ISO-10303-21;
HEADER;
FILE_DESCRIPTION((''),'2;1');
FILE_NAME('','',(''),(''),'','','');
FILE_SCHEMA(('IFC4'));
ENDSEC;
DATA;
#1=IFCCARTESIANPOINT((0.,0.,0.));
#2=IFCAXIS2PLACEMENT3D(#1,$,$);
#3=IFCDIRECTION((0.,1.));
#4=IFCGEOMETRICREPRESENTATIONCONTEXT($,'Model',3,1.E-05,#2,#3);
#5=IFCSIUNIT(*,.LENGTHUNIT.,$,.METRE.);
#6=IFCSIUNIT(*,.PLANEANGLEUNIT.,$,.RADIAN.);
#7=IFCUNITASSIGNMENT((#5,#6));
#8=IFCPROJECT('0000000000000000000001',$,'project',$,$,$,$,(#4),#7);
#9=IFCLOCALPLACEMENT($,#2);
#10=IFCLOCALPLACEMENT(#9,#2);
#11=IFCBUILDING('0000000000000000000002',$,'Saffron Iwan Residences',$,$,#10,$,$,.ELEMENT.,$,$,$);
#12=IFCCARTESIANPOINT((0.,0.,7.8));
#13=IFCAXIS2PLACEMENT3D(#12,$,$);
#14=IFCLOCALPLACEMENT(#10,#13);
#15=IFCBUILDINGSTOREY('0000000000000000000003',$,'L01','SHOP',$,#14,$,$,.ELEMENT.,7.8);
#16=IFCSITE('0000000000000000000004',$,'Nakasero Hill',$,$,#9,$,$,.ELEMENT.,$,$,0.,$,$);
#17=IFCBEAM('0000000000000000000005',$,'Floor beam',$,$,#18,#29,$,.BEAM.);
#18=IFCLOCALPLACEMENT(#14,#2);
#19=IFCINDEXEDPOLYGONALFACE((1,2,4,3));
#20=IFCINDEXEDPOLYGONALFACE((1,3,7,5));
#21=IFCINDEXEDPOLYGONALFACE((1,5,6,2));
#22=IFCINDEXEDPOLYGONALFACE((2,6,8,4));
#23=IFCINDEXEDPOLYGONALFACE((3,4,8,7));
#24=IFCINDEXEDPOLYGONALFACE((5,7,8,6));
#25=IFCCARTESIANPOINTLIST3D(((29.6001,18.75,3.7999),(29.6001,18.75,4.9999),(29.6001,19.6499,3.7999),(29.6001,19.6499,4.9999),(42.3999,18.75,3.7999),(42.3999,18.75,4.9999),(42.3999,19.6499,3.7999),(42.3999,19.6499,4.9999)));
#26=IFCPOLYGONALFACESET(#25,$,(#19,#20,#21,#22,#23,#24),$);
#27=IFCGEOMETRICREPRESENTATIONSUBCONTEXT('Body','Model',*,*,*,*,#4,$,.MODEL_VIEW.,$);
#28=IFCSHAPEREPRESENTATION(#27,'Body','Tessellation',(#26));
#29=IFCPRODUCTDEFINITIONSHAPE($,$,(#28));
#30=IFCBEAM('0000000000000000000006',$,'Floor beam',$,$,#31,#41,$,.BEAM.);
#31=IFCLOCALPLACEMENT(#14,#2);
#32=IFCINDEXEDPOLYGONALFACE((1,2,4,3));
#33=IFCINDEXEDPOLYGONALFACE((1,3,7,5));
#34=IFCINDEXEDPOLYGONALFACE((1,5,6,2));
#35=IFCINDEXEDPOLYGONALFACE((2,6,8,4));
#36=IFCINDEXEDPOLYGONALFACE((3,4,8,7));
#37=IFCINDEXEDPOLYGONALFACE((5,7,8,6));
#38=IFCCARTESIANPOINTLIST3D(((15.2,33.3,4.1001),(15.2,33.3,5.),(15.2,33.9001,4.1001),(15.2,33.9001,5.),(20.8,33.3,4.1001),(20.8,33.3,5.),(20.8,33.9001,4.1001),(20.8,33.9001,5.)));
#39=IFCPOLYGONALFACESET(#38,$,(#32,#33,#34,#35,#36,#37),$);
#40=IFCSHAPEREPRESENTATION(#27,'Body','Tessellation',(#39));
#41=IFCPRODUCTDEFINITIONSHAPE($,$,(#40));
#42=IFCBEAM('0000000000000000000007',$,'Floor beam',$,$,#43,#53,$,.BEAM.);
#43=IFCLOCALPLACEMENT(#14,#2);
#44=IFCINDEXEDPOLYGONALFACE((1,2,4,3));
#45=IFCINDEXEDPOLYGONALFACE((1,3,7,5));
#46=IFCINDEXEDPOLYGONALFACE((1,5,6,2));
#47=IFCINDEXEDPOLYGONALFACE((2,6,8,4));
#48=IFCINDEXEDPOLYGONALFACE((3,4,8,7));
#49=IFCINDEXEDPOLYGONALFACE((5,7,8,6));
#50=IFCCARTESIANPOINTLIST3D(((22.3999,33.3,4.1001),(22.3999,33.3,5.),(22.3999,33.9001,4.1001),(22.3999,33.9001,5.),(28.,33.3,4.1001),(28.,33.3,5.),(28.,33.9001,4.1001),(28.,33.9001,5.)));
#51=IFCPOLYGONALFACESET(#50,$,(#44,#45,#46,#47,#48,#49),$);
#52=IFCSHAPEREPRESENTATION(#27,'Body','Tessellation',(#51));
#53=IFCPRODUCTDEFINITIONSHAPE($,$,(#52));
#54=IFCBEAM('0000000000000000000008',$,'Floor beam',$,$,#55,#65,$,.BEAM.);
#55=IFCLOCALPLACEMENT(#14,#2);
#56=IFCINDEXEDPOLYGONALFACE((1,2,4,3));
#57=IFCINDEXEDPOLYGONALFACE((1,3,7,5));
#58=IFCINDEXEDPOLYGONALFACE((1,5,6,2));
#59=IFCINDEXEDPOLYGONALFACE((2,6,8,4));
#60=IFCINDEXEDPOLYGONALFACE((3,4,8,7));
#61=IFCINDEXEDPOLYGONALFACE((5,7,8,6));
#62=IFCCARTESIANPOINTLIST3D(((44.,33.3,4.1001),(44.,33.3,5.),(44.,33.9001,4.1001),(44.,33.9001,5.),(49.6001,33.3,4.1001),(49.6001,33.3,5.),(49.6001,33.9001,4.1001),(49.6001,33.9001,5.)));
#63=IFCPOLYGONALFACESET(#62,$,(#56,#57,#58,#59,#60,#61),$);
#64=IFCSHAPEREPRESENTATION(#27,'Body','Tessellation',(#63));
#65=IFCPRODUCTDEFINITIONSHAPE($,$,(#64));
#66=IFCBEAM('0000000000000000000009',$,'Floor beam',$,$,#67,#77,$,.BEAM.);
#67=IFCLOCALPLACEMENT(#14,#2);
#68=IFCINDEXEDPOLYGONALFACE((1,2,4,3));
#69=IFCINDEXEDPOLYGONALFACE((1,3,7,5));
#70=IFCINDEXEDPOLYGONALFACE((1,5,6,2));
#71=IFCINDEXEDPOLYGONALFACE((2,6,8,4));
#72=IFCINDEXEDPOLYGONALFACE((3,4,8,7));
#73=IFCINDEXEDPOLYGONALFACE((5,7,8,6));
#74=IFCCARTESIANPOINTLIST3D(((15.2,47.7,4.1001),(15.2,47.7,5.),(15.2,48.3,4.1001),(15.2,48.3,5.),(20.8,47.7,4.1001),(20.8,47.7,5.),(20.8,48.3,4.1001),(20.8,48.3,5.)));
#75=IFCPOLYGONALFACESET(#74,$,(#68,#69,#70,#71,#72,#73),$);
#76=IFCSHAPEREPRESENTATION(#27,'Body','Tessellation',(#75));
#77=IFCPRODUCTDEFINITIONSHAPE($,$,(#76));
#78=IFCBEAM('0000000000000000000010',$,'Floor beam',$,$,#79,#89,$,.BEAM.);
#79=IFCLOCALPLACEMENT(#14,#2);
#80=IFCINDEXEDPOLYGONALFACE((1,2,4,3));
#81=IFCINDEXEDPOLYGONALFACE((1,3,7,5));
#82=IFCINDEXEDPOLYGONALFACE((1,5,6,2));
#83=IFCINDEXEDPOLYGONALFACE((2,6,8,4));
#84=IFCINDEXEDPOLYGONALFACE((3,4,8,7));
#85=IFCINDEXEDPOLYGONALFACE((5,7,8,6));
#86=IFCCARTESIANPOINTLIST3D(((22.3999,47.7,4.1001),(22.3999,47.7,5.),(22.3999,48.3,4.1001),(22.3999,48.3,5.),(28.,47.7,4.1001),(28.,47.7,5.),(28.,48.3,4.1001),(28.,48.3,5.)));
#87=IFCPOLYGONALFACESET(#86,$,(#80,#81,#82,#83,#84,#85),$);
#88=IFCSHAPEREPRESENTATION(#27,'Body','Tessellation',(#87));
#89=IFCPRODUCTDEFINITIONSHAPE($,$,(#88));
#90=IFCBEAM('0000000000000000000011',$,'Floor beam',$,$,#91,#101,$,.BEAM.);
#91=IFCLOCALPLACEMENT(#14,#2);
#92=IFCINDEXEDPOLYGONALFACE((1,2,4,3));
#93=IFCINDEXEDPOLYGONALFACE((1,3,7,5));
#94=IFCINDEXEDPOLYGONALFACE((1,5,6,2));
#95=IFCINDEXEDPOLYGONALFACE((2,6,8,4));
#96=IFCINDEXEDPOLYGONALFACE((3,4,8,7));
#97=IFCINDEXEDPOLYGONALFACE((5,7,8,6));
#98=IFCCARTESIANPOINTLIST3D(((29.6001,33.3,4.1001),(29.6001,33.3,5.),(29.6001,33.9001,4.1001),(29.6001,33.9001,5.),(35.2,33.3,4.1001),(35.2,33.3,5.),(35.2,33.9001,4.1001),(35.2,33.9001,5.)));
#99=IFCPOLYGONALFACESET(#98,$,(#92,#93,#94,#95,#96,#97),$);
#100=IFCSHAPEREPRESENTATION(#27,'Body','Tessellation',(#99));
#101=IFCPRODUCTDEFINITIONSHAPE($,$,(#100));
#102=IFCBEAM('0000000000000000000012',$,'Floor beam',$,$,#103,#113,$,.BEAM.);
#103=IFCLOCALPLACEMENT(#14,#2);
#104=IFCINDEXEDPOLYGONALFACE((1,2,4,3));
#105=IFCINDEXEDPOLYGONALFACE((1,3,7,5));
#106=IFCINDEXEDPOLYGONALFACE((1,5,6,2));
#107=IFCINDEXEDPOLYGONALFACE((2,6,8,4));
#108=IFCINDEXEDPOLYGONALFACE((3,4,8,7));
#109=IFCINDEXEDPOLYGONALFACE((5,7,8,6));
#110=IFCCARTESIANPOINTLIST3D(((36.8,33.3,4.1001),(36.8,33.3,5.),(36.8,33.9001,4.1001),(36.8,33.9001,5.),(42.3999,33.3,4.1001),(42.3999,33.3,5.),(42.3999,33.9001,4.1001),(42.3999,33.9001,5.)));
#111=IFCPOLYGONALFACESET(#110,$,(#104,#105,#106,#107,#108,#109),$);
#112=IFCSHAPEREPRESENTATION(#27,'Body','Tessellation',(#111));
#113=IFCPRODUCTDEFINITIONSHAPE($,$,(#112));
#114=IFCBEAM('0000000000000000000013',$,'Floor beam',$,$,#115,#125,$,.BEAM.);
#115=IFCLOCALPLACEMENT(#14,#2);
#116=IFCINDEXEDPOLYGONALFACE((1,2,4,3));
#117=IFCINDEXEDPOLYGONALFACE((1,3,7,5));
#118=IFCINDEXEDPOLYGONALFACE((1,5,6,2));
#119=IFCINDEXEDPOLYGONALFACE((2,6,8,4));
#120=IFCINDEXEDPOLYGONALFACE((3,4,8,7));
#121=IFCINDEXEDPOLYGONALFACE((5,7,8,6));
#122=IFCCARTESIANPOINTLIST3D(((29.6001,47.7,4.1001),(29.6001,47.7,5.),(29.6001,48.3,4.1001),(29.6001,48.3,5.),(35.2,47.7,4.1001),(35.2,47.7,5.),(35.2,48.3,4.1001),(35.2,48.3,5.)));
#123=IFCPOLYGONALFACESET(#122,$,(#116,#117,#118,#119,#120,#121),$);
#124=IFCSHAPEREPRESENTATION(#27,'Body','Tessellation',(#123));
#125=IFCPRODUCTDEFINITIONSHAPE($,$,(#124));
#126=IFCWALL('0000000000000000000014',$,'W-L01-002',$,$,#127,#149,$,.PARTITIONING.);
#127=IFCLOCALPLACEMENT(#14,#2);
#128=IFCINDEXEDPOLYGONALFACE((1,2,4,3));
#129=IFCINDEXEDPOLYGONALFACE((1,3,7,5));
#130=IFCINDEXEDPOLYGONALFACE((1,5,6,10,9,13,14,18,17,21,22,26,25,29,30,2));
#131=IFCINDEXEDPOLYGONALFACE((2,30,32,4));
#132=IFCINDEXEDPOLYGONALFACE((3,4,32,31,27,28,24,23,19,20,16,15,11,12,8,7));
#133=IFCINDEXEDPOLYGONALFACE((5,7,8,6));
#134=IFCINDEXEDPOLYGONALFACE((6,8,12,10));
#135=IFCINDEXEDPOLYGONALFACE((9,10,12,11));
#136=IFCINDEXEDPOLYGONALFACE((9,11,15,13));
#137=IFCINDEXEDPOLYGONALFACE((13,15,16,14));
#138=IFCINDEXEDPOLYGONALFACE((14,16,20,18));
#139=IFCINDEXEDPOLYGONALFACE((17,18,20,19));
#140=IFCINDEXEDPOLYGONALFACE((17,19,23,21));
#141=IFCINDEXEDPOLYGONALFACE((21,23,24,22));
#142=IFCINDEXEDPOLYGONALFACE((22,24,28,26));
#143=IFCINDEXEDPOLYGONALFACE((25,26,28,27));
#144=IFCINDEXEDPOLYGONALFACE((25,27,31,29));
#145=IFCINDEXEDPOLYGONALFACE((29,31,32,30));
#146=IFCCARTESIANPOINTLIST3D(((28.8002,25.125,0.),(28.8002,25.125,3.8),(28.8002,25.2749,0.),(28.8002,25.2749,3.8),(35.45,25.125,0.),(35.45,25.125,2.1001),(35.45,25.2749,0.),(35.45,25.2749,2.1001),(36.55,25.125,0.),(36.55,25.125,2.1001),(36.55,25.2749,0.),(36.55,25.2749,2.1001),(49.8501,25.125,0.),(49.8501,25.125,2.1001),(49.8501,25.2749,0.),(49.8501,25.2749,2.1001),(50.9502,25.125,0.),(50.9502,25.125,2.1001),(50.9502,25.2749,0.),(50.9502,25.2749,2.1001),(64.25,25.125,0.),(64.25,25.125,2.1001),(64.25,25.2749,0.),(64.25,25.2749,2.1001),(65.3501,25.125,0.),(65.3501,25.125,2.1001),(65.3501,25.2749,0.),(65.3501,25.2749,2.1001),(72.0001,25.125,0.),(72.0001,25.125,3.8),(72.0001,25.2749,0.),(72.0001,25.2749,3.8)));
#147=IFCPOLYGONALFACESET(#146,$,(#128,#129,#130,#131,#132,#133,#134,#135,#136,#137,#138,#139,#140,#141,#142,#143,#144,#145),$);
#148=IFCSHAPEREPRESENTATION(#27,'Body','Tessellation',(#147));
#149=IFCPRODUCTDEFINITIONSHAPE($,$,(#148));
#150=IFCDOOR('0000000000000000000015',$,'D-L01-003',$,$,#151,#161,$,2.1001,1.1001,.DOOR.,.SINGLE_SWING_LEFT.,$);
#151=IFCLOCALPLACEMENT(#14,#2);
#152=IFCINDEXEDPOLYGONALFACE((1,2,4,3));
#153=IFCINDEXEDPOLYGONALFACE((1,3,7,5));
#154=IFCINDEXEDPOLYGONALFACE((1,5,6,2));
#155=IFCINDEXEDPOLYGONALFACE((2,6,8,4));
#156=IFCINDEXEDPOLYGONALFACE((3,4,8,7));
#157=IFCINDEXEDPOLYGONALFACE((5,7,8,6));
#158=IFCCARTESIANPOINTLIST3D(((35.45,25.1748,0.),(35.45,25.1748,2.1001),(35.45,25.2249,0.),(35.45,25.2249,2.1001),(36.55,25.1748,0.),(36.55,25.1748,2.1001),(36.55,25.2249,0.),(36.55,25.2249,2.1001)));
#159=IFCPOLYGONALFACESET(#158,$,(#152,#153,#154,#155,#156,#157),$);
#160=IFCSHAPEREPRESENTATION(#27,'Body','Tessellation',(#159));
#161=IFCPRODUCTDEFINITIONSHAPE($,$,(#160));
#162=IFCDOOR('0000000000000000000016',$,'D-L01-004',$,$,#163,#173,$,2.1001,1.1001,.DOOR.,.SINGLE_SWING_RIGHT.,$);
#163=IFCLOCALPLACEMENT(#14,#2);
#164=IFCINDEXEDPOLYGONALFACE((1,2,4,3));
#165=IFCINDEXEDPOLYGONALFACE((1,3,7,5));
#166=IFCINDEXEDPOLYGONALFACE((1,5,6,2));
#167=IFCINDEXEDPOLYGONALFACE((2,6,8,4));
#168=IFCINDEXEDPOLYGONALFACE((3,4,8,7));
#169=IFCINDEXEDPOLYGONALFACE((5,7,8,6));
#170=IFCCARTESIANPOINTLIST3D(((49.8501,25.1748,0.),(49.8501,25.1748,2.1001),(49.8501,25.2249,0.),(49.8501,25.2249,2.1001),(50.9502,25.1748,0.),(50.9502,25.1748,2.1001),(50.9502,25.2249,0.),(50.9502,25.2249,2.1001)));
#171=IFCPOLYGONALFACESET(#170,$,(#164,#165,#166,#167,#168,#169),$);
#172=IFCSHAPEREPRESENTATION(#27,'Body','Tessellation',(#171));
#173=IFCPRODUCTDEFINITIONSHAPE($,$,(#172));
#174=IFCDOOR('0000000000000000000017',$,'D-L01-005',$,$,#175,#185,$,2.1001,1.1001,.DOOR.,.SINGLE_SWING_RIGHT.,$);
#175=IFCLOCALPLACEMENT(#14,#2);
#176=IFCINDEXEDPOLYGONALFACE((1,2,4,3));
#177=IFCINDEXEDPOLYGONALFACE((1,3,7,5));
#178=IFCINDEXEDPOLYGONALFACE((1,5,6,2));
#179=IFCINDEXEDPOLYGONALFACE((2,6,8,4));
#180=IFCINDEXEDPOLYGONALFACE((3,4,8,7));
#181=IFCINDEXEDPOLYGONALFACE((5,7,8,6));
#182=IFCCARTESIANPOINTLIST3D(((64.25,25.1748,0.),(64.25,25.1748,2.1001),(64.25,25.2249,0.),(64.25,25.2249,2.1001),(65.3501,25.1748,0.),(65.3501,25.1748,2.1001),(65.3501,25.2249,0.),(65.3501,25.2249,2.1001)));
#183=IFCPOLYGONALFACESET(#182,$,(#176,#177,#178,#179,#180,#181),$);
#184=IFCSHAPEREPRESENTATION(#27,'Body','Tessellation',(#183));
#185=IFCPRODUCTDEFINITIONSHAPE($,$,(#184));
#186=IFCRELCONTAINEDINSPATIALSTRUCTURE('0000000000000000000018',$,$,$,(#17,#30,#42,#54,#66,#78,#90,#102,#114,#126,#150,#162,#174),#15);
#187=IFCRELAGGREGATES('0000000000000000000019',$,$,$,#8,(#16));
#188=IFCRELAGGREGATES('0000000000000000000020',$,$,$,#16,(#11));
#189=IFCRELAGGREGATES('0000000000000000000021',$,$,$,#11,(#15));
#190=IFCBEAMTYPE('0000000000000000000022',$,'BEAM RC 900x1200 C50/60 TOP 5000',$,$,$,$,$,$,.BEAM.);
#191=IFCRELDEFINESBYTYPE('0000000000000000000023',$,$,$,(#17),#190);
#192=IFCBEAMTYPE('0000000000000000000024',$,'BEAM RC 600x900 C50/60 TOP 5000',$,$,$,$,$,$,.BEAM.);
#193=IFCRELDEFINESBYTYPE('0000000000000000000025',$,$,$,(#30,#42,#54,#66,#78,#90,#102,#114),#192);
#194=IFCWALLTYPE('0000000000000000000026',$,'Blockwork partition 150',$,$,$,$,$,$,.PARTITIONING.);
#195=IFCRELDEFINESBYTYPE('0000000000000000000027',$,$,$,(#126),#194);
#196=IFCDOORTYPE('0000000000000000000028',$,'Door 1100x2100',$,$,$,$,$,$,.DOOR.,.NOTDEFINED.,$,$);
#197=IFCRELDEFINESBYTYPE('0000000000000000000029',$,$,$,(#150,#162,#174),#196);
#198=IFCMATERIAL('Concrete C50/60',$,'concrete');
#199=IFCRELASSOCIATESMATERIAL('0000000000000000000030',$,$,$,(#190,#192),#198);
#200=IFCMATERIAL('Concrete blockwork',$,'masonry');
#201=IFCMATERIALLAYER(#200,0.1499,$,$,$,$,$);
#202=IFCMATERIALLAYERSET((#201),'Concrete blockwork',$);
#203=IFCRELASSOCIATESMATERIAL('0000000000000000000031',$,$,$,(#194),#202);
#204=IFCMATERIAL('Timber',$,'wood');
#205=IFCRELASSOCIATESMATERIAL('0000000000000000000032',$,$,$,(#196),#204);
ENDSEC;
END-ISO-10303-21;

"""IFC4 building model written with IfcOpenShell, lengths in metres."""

from ifc_helpers import new_model, si_unit, direction, frame, frame_2d, origin, origin_2d, place, context, subcontext, project, spatial, rectangle, extrude, source, transform, mapped, material, layer, layer_set, material_profile, profile_set, type_object, element, fill, save


model = new_model("IFC4")

# Units and contexts
model_context = context("Model", 3, precision=1e-05, world=origin(), true_north=direction((0.0, 1.0)))
body_context = subcontext(model_context, "Body", "Model", "MODEL_VIEW")
ifc_project = project(units=[si_unit("LENGTHUNIT", "METRE"), si_unit("PLANEANGLEUNIT", "RADIAN")], contexts=[model_context])

# Site, building, storey
site_placement = place(None, origin())
site = spatial("IfcSite", under=ifc_project, at=site_placement, Name="Nakasero Hill", CompositionType="ELEMENT", RefElevation=0.0)
building_placement = place(site_placement, origin())
building = spatial("IfcBuilding", under=site, at=building_placement, Name="Saffron Iwan Residences", CompositionType="ELEMENT")
storey_placement = place(building_placement, frame((0.0, 0.0, 7.8)))
storey = spatial("IfcBuildingStorey", under=building, at=storey_placement, Name="L01", Description="SHOP", CompositionType="ELEMENT", Elevation=7.8)

# Shared definitions
ifc_material_1 = material(Name="Concrete C50/60", Category="concrete")

# Beams
ifc_material_profile_1 = material_profile(ifc_material_1, rectangle(XDim=0.8999, YDim=1.2, at=origin_2d()), Name="RC 900x1200")
ifc_profile_set_1 = profile_set([ifc_material_profile_1], Name="Concrete C50/60")
beam_type_1 = type_object("IfcBeamType", Name="BEAM RC 900x1200 C50/60 TOP 5000", PredefinedType="BEAM", material=ifc_profile_set_1)
shared_shape_1 = source(origin(), body_context, "Body", "SweptSolid", [
    extrude(rectangle(XDim=0.8999, YDim=1.2, at=origin_2d()), origin(), (0.0, 0.0, 1.0), 12.7998),
])
beam_placement = place(storey_placement, frame((29.6001, 19.2, 4.3999), z_axis=(1.0, 0.0, 0.0), x_axis=(0.0, 1.0, 0.0)))
element("IfcBeam", 1, at=beam_placement, inside=storey, type_object=beam_type_1, Name="Floor beam", PredefinedType="BEAM", context=body_context, shape_type="MappedRepresentation", body=[
    mapped(shared_shape_1, transform((0.0, 0.0, 0.0))),
])
ifc_material_profile_2 = material_profile(ifc_material_1, rectangle(XDim=0.6001, YDim=0.8999, at=origin_2d()), Name="RC 600x900")
ifc_profile_set_2 = profile_set([ifc_material_profile_2], Name="Concrete C50/60")
beam_type_2 = type_object("IfcBeamType", Name="BEAM RC 600x900 C50/60 TOP 5000", PredefinedType="BEAM", material=ifc_profile_set_2)
shared_shape_2 = source(origin(), body_context, "Body", "SweptSolid", [
    extrude(rectangle(XDim=0.6001, YDim=0.8999, at=origin_2d()), origin(), (0.0, 0.0, 1.0), 5.6001),
])
for number, where, z_axis, x_axis, name in (
    (2, (15.2, 33.6001, 4.55), (1.0, 0.0, 0.0), (0.0, 1.0, 0.0), "Floor beam"),
    (3, (22.3999, 33.6001, 4.55), (1.0, 0.0, 0.0), (0.0, 1.0, 0.0), "Floor beam"),
    (4, (44.0, 33.6001, 4.55), (1.0, 0.0, 0.0), (0.0, 1.0, 0.0), "Floor beam"),
    (5, (15.2, 48.0, 4.55), (1.0, 0.0, 0.0), (0.0, 1.0, 0.0), "Floor beam"),
    (6, (22.3999, 48.0, 4.55), (1.0, 0.0, 0.0), (0.0, 1.0, 0.0), "Floor beam"),
):
    element("IfcBeam", number, at=place(storey_placement, frame(where, z_axis=z_axis, x_axis=x_axis)), inside=storey, type_object=beam_type_2, Name=name, PredefinedType="BEAM", context=body_context, shape_type="MappedRepresentation", body=[
        mapped(shared_shape_2, transform((0.0, 0.0, 0.0))),
    ])
shared_shape_3 = source(origin(), body_context, "Body", "SweptSolid", [
    extrude(rectangle(XDim=0.6001, YDim=0.8999, at=origin_2d()), origin(), (0.0, 0.0, 1.0), 5.5999),
])
for number, where, z_axis, x_axis, name in (
    (7, (29.6001, 33.6001, 4.55), (1.0, 0.0, 0.0), (0.0, 1.0, 0.0), "Floor beam"),
    (8, (36.8, 33.6001, 4.55), (1.0, 0.0, 0.0), (0.0, 1.0, 0.0), "Floor beam"),
    (9, (29.6001, 48.0, 4.55), (1.0, 0.0, 0.0), (0.0, 1.0, 0.0), "Floor beam"),
):
    element("IfcBeam", number, at=place(storey_placement, frame(where, z_axis=z_axis, x_axis=x_axis)), inside=storey, type_object=beam_type_2, Name=name, PredefinedType="BEAM", context=body_context, shape_type="MappedRepresentation", body=[
        mapped(shared_shape_3, transform((0.0, 0.0, 0.0))),
    ])

# Wall, openings, doors
ifc_material_2 = material(Name="Concrete blockwork", Category="masonry")
ifc_layer_1 = layer(ifc_material_2, 0.1499)
ifc_layer_set_1 = layer_set([ifc_layer_1], Name="Concrete blockwork")
wall_type_1 = type_object("IfcWallType", Name="Blockwork partition 150", PredefinedType="PARTITIONING", material=ifc_layer_set_1)
wall_1_placement = place(storey_placement, frame((28.8, 25.2, 0.0), z_axis=(0.0, 0.0, 1.0), x_axis=(1.0, 0.0, 0.0)))
wall_1 = element("IfcWall", 10, at=wall_1_placement, inside=storey, type_object=wall_type_1, Name="W-L01-002", PredefinedType="PARTITIONING", context=body_context, shape_type="SweptSolid", body=[
    extrude(rectangle(XDim=43.2, YDim=0.1499, at=frame_2d((21.6001, 0.0))), origin(), (0.0, 0.0, 1.0), 3.8),
])
opening_1_placement = place(wall_1_placement, frame((6.6499, 0.0, 0.0)))
opening_1 = element("IfcOpeningElement", 11, at=opening_1_placement, cuts=wall_1, PredefinedType="OPENING", context=body_context, shape_type="SweptSolid", body=[
    extrude(rectangle(XDim=1.1001, YDim=2.1001, at=frame_2d((0.55, 1.05))), frame((0.0, 0.085, 0.0), z_axis=(0.0, -1.0, 0.0), x_axis=(1.0, 0.0, 0.0)), (0.0, 0.0, 1.0), 0.1699),
])
opening_2_placement = place(wall_1_placement, frame((21.05, 0.0, 0.0)))
opening_2 = element("IfcOpeningElement", 12, at=opening_2_placement, cuts=wall_1, PredefinedType="OPENING", context=body_context, shape_type="SweptSolid", body=[
    extrude(rectangle(XDim=1.1001, YDim=2.1001, at=frame_2d((0.55, 1.05))), frame((0.0, 0.085, 0.0), z_axis=(0.0, -1.0, 0.0), x_axis=(1.0, 0.0, 0.0)), (0.0, 0.0, 1.0), 0.1699),
])
opening_3_placement = place(wall_1_placement, frame((35.45, 0.0, 0.0)))
opening_3 = element("IfcOpeningElement", 13, at=opening_3_placement, cuts=wall_1, PredefinedType="OPENING", context=body_context, shape_type="SweptSolid", body=[
    extrude(rectangle(XDim=1.1001, YDim=2.1001, at=frame_2d((0.55, 1.05))), frame((0.0, 0.085, 0.0), z_axis=(0.0, -1.0, 0.0), x_axis=(1.0, 0.0, 0.0)), (0.0, 0.0, 1.0), 0.1699),
])
ifc_material_3 = material(Name="Timber", Category="wood")
door_type = type_object("IfcDoorType", Name="Door 1100x2100", OperationType="NOTDEFINED", PredefinedType="DOOR", material=ifc_material_3)
door_1_placement = place(opening_1_placement, origin())
door_1 = element("IfcDoor", 14, at=door_1_placement, inside=storey, type_object=door_type, Name="D-L01-003", OperationType="SINGLE_SWING_LEFT", OverallHeight=2.1001, OverallWidth=1.1001, PredefinedType="DOOR", context=body_context, shape_type="SweptSolid", body=[
    extrude(rectangle(XDim=1.1001, YDim=2.1001, at=frame_2d((0.55, 1.05))), frame((0.0, 0.0249, 0.0), z_axis=(0.0, -1.0, 0.0), x_axis=(1.0, 0.0, 0.0)), (0.0, 0.0, 1.0), 0.05),
])
fill(opening_1, door_1)
door_2_placement = place(opening_2_placement, origin())
door_2 = element("IfcDoor", 15, at=door_2_placement, inside=storey, type_object=door_type, Name="D-L01-004", OperationType="SINGLE_SWING_RIGHT", OverallHeight=2.1001, OverallWidth=1.1001, PredefinedType="DOOR", context=body_context, shape_type="SweptSolid", body=[
    extrude(rectangle(XDim=1.1001, YDim=2.1001, at=frame_2d((0.55, 1.05))), frame((0.0, 0.0249, 0.0), z_axis=(0.0, -1.0, 0.0), x_axis=(1.0, 0.0, 0.0)), (0.0, 0.0, 1.0), 0.05),
])
fill(opening_2, door_2)
door_3_placement = place(opening_3_placement, origin())
door_3 = element("IfcDoor", 16, at=door_3_placement, inside=storey, type_object=door_type, Name="D-L01-005", OperationType="SINGLE_SWING_RIGHT", OverallHeight=2.1001, OverallWidth=1.1001, PredefinedType="DOOR", context=body_context, shape_type="SweptSolid", body=[
    extrude(rectangle(XDim=1.1001, YDim=2.1001, at=frame_2d((0.55, 1.05))), frame((0.0, 0.0249, 0.0), z_axis=(0.0, -1.0, 0.0), x_axis=(1.0, 0.0, 0.0)), (0.0, 0.0, 1.0), 0.05),
])
fill(opening_3, door_3)

save(model, "model.ifc")
